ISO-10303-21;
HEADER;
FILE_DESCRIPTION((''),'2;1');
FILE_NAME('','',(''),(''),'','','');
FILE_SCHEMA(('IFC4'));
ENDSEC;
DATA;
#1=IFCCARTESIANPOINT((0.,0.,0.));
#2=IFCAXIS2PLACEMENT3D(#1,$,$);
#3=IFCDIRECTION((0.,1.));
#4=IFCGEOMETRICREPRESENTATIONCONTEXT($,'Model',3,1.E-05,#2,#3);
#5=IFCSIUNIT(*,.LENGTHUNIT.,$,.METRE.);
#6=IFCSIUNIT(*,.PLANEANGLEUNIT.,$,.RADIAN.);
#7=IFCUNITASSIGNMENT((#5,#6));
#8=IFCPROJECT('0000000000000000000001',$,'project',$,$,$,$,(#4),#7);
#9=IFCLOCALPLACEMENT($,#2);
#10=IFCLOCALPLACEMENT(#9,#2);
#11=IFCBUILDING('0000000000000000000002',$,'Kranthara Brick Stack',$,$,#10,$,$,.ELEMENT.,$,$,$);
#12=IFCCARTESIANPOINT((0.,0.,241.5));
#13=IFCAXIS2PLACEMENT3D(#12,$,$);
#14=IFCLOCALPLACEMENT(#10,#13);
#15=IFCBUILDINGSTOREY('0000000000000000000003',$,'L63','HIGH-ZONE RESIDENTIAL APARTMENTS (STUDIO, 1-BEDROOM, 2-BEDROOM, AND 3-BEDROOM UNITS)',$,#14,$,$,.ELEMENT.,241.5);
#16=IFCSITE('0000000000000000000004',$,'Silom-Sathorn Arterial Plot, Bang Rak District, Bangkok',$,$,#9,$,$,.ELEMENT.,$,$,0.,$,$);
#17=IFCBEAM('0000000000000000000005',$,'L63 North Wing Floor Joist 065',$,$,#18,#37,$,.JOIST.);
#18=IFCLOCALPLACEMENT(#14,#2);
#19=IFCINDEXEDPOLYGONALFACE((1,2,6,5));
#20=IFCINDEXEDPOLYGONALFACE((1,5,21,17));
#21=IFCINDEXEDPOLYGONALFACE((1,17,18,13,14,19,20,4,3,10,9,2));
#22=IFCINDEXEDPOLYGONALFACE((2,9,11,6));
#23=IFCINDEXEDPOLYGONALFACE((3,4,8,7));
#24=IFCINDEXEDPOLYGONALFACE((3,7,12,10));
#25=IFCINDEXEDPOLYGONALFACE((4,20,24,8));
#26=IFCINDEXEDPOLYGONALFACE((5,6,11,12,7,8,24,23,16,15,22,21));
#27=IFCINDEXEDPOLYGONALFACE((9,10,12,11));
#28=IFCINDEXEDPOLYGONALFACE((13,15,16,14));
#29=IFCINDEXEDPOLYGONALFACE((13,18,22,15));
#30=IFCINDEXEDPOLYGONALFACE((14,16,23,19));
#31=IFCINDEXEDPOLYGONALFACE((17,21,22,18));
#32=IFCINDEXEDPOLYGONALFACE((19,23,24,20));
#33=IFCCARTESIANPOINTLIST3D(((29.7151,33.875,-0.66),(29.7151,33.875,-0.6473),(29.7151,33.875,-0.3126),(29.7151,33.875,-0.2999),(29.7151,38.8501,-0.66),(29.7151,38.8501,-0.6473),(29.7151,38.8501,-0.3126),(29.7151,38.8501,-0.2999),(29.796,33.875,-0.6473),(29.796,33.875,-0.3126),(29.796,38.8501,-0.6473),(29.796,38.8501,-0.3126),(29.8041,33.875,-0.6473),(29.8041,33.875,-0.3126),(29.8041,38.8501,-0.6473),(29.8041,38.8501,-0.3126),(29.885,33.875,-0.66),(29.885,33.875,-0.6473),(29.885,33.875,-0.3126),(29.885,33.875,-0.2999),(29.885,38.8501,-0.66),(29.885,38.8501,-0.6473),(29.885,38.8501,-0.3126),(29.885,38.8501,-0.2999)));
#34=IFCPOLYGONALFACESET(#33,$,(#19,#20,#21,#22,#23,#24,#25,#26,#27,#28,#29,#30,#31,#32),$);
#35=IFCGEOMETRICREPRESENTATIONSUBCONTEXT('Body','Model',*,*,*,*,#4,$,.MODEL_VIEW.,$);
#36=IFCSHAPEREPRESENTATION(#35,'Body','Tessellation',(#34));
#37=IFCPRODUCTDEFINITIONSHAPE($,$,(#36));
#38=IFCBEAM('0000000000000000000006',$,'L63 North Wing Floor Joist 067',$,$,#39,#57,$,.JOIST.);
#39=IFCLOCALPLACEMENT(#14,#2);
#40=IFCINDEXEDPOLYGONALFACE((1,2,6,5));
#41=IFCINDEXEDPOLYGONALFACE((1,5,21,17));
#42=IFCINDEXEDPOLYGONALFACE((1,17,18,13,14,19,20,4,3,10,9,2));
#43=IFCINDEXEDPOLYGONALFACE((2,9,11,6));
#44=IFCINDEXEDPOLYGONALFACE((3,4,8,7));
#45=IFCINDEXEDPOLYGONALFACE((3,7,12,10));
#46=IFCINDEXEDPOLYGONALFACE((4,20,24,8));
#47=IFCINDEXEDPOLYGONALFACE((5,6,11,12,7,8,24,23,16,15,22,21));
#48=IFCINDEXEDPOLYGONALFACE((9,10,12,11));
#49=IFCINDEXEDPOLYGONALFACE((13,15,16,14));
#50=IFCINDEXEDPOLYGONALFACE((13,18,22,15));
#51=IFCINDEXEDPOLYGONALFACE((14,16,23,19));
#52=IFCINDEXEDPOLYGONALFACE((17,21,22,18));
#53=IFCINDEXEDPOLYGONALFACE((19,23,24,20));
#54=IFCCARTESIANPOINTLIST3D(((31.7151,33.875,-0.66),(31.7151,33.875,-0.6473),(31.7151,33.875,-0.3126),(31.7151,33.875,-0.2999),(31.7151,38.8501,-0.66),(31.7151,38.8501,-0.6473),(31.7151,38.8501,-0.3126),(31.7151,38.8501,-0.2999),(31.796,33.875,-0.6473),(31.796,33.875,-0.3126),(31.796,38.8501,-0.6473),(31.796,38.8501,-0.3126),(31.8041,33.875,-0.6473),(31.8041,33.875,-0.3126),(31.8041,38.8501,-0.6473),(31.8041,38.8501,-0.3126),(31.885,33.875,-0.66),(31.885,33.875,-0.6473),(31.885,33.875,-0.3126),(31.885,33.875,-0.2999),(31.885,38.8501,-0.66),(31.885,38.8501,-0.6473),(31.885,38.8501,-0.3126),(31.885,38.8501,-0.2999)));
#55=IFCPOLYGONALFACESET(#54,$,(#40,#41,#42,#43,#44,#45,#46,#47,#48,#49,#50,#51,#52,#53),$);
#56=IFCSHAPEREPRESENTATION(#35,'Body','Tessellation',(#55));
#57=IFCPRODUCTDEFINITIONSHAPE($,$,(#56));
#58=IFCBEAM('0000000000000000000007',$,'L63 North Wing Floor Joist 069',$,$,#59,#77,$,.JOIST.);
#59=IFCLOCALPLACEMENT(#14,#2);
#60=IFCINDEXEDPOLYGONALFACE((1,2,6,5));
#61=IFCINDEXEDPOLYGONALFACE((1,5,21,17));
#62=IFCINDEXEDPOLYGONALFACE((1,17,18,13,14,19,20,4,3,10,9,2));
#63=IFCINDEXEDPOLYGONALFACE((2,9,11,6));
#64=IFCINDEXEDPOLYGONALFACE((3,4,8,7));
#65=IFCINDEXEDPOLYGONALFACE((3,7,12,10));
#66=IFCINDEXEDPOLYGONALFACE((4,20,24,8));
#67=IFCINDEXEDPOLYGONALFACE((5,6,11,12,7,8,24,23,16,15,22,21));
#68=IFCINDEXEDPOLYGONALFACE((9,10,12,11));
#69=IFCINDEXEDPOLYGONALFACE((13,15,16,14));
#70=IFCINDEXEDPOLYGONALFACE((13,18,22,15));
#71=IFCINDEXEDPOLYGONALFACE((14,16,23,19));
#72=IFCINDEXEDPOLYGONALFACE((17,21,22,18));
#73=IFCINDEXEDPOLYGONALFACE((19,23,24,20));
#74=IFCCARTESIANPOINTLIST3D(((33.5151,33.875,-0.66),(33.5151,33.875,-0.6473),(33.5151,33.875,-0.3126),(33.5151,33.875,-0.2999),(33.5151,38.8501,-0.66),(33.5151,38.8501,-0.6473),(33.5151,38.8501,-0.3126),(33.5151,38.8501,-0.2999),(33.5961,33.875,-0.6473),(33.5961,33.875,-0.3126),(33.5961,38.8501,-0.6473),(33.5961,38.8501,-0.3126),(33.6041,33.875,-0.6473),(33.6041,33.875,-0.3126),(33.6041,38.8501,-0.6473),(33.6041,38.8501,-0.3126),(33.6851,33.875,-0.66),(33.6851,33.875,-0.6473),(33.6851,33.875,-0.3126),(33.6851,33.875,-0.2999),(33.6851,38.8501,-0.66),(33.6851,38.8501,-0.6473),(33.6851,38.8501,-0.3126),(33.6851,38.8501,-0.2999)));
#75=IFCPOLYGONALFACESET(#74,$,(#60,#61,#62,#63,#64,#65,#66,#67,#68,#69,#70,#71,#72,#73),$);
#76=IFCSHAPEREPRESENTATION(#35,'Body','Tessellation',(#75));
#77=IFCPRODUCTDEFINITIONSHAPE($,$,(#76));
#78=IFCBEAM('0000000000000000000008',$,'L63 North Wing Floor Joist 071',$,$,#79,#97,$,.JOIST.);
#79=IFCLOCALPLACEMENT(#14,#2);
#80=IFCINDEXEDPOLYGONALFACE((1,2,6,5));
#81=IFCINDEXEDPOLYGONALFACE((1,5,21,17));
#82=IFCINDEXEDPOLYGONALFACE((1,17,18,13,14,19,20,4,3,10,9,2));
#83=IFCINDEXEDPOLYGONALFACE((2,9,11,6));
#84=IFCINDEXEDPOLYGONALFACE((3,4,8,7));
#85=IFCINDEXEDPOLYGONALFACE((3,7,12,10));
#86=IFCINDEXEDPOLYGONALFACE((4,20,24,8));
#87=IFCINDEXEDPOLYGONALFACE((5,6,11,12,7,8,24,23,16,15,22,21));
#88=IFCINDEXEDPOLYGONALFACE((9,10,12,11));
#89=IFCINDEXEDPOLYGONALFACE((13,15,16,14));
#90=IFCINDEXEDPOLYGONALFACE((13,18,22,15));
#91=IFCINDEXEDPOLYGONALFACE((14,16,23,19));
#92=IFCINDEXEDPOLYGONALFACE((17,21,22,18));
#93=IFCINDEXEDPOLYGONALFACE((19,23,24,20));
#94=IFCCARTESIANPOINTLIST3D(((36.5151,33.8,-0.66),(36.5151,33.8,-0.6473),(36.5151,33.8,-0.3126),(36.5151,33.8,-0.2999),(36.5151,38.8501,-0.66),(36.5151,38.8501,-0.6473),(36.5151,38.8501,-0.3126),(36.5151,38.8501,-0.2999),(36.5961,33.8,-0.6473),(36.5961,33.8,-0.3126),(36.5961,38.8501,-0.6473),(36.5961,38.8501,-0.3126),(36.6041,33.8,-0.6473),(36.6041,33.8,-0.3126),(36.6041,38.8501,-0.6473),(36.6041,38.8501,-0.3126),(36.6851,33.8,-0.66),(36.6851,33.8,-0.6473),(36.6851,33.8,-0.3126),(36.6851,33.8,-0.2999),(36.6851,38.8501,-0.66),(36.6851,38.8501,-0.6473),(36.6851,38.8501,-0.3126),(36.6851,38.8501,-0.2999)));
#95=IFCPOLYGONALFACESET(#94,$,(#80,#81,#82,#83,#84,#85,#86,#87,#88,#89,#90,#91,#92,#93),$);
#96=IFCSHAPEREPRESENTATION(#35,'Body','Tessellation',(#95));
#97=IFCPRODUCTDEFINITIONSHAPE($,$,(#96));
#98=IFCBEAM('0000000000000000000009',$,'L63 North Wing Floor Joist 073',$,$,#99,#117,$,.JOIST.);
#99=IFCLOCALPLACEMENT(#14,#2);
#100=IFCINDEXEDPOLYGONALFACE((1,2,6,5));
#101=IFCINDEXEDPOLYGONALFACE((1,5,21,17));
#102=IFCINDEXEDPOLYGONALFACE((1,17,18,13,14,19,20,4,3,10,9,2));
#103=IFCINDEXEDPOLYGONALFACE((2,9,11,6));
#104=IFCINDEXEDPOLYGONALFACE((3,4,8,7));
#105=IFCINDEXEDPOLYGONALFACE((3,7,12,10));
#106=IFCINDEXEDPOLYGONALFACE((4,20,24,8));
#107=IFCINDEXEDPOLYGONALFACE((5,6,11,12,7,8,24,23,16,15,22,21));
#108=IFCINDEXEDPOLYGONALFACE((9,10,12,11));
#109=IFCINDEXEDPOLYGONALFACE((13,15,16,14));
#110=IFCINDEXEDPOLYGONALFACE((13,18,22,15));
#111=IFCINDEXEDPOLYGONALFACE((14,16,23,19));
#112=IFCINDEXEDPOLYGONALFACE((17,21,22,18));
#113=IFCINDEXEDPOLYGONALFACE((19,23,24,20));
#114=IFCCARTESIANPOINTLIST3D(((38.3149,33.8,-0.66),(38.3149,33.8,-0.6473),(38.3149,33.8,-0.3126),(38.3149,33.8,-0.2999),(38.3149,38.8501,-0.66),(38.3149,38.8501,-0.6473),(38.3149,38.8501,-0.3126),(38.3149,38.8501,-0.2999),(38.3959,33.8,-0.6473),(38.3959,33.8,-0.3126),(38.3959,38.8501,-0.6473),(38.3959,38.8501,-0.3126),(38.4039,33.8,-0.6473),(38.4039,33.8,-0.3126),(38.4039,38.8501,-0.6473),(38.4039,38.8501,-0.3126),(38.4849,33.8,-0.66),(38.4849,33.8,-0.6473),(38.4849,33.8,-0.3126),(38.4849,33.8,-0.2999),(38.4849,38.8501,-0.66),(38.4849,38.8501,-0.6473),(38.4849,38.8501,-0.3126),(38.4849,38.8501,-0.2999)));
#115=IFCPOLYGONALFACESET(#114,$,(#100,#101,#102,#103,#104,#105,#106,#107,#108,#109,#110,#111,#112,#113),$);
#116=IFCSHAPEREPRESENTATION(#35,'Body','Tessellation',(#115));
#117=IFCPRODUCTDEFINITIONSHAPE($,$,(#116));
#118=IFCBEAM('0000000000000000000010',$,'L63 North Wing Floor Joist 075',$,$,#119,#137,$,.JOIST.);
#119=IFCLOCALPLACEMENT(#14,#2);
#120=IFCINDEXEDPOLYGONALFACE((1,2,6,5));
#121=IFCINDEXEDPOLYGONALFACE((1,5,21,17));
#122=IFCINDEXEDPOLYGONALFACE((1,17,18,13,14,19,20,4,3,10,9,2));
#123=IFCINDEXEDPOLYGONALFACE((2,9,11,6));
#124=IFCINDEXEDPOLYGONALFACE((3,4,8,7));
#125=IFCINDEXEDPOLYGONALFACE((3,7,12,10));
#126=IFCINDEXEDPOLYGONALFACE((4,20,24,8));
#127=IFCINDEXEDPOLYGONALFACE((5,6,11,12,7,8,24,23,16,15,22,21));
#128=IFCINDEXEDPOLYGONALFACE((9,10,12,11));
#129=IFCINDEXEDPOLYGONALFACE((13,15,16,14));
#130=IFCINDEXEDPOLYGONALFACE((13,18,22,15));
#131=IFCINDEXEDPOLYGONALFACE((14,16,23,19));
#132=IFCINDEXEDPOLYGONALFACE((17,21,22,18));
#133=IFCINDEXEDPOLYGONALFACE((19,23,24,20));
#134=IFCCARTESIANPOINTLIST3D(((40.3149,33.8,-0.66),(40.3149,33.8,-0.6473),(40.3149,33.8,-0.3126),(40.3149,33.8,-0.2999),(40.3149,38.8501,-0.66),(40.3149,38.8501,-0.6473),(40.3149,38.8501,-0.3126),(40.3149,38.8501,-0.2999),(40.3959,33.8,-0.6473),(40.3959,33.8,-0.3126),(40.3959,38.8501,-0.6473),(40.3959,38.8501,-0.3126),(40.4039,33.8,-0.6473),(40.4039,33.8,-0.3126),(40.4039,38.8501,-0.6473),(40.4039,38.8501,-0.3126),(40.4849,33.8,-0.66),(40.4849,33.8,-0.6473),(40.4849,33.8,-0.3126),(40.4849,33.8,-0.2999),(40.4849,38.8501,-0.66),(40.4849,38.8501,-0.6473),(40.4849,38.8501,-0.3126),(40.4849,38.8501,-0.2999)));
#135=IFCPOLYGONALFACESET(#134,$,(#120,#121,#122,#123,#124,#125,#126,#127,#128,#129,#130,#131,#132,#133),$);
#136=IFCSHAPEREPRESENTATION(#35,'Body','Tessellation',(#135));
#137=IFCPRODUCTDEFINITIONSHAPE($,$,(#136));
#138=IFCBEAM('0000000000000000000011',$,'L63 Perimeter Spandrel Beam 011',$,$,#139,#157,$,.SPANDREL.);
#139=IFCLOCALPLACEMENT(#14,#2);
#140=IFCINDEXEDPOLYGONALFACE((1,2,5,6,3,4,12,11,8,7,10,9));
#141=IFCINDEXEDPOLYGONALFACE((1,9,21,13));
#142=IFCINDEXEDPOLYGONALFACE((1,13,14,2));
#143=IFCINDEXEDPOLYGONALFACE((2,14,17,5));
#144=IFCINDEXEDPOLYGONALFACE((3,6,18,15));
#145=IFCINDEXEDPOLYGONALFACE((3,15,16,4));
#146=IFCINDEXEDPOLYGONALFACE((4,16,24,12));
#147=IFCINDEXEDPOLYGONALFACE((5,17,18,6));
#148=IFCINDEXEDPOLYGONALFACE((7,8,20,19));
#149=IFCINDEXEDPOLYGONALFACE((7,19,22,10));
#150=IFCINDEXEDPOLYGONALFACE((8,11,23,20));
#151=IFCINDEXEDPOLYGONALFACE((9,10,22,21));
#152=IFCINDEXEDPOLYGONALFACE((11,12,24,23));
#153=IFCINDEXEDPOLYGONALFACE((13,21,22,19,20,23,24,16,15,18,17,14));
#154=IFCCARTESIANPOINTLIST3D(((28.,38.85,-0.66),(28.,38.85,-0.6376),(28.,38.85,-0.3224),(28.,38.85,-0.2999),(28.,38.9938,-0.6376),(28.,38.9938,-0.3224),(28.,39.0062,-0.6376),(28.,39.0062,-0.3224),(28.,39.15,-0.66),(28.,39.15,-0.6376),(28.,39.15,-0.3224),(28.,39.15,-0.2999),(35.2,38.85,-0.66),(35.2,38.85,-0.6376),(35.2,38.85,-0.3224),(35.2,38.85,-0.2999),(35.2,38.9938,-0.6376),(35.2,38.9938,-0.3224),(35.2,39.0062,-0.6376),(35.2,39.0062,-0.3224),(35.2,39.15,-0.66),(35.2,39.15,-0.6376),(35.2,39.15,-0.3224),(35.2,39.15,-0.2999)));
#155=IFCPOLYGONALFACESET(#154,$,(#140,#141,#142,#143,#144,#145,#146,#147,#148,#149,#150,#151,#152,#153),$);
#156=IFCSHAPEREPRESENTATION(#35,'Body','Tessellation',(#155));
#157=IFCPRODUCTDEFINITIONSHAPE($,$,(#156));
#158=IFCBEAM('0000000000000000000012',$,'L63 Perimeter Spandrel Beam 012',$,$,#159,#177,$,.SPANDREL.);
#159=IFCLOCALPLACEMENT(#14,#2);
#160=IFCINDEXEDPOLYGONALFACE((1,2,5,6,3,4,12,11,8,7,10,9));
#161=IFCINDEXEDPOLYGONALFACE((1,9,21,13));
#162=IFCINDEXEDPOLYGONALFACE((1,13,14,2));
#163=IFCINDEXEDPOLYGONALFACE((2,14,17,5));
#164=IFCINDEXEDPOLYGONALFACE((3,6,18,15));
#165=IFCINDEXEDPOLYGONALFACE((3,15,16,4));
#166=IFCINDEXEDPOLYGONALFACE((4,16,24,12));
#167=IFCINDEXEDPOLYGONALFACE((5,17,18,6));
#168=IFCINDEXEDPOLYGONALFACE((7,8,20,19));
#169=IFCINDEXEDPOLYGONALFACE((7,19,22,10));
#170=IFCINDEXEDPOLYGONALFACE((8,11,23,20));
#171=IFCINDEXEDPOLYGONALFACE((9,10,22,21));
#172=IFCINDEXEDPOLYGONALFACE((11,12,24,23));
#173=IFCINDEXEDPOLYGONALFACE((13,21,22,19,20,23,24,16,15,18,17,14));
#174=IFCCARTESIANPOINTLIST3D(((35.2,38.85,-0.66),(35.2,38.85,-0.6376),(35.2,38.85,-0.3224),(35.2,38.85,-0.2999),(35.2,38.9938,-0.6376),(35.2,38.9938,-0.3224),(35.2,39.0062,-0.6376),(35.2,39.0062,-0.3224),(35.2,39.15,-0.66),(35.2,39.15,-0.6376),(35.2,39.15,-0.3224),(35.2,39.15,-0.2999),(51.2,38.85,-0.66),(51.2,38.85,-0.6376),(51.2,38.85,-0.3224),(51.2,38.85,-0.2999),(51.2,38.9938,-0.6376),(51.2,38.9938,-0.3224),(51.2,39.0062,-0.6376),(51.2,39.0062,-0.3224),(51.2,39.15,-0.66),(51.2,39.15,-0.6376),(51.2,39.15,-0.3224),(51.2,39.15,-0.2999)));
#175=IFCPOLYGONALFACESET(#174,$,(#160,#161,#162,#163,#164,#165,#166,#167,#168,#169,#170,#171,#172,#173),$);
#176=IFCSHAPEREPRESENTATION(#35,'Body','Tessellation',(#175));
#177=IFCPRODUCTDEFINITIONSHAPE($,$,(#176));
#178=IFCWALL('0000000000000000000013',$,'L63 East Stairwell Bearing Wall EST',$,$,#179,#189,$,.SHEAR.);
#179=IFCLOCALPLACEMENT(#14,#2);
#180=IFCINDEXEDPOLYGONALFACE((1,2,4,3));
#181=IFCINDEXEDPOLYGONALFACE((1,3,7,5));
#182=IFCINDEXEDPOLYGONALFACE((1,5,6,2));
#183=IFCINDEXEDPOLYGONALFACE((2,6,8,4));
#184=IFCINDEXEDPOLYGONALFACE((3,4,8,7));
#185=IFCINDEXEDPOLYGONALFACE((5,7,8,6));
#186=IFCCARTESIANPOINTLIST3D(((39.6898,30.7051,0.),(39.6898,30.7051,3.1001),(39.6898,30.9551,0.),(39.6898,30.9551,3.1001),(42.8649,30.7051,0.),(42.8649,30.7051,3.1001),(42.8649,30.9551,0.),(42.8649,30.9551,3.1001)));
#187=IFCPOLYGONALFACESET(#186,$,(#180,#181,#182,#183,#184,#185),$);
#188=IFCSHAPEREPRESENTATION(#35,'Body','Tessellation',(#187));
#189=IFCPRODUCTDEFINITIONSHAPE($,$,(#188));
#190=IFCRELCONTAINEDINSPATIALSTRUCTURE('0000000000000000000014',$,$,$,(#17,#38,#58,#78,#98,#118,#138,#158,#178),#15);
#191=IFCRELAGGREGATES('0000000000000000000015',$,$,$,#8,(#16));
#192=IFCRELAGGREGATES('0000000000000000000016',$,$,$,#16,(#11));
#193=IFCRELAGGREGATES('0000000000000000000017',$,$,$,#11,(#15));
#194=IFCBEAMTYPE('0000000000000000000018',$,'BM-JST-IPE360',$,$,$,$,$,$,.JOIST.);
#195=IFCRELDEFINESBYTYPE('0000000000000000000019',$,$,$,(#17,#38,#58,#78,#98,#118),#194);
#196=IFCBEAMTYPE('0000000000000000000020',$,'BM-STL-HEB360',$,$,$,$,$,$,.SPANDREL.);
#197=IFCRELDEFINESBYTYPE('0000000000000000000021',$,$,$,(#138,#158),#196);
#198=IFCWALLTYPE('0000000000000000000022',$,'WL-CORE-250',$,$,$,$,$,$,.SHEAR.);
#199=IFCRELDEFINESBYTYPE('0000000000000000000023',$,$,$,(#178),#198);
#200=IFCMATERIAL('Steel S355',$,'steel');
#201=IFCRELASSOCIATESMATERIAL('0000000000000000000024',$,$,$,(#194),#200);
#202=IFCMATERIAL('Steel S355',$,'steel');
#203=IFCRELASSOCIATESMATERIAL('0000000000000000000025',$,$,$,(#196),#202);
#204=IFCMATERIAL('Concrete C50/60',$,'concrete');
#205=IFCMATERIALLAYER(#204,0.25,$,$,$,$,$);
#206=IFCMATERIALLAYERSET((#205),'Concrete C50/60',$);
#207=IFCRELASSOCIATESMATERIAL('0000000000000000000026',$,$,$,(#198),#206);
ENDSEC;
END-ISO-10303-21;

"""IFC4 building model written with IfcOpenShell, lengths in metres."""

from ifc_helpers import new_model, si_unit, direction, frame, frame_2d, origin, origin_2d, place, context, subcontext, project, spatial, rectangle, i_section, extrude, material, layer, layer_set, material_profile, profile_set, type_object, element, save


model = new_model("IFC4")

# Units and contexts
model_context = context("Model", 3, precision=1e-05, world=origin(), true_north=direction((0.0, 1.0)))
body_context = subcontext(model_context, "Body", "Model", "MODEL_VIEW")
ifc_project = project(units=[si_unit("LENGTHUNIT", "METRE"), si_unit("PLANEANGLEUNIT", "RADIAN")], contexts=[model_context])

# Site, building, storey
site_placement = place(None, origin())
site = spatial("IfcSite", under=ifc_project, at=site_placement, Name="Silom-Sathorn Arterial Plot, Bang Rak District, Bangkok", CompositionType="ELEMENT", RefElevation=0.0)
building_placement = place(site_placement, origin())
building = spatial("IfcBuilding", under=site, at=building_placement, Name="Kranthara Brick Stack", CompositionType="ELEMENT")
storey_placement = place(building_placement, frame((0.0, 0.0, 241.5)))
storey = spatial("IfcBuildingStorey", under=building, at=storey_placement, Name="L63", Description="HIGH-ZONE RESIDENTIAL APARTMENTS (STUDIO, 1-BEDROOM, 2-BEDROOM, AND 3-BEDROOM UNITS)", CompositionType="ELEMENT", Elevation=241.5)

# Beams
ifc_material_1 = material(Name="Steel S355", Category="steel")
ifc_material_profile_1 = material_profile(ifc_material_1, i_section(OverallWidth=0.1699, OverallDepth=0.3601, WebThickness=0.0081, FlangeThickness=0.0127, at=origin_2d()), Name="IPE 360")
ifc_profile_set_1 = profile_set([ifc_material_profile_1], Name="Steel S355")
beam_type_1 = type_object("IfcBeamType", Name="BM-JST-IPE360", PredefinedType="JOIST", material=ifc_profile_set_1)
for number, where, z_axis, x_axis, name in (
    (1, (29.8, 33.875, -0.48), (0.0, 1.0, 0.0), (-1.0, 0.0, 0.0), "L63 North Wing Floor Joist 065"),
    (2, (31.8, 33.875, -0.48), (0.0, 1.0, 0.0), (-1.0, 0.0, 0.0), "L63 North Wing Floor Joist 067"),
    (3, (33.6001, 33.875, -0.48), (0.0, 1.0, 0.0), (-1.0, 0.0, 0.0), "L63 North Wing Floor Joist 069"),
):
    element("IfcBeam", number, at=place(storey_placement, frame(where, z_axis=z_axis, x_axis=x_axis)), inside=storey, type_object=beam_type_1, Name=name, PredefinedType="JOIST", context=body_context, shape_type="SweptSolid", body=[
        extrude(i_section(OverallWidth=0.1699, OverallDepth=0.3601, WebThickness=0.0081, FlangeThickness=0.0127, at=origin_2d()), origin(), (0.0, 0.0, 1.0), 4.9751),
    ])
for number, where, z_axis, x_axis, name in (
    (4, (36.6001, 33.8, -0.48), (0.0, 1.0, 0.0), (-1.0, 0.0, 0.0), "L63 North Wing Floor Joist 071"),
    (5, (38.3999, 33.8, -0.48), (0.0, 1.0, 0.0), (-1.0, 0.0, 0.0), "L63 North Wing Floor Joist 073"),
    (6, (40.3999, 33.8, -0.48), (0.0, 1.0, 0.0), (-1.0, 0.0, 0.0), "L63 North Wing Floor Joist 075"),
):
    element("IfcBeam", number, at=place(storey_placement, frame(where, z_axis=z_axis, x_axis=x_axis)), inside=storey, type_object=beam_type_1, Name=name, PredefinedType="JOIST", context=body_context, shape_type="SweptSolid", body=[
        extrude(i_section(OverallWidth=0.1699, OverallDepth=0.3601, WebThickness=0.0081, FlangeThickness=0.0127, at=origin_2d()), origin(), (0.0, 0.0, 1.0), 5.05),
    ])
ifc_material_2 = material(Name="Steel S355", Category="steel")
ifc_material_profile_2 = material_profile(ifc_material_2, i_section(OverallWidth=0.3, OverallDepth=0.3601, WebThickness=0.0125, FlangeThickness=0.0225, at=origin_2d()), Name="HEB 360")
ifc_profile_set_2 = profile_set([ifc_material_profile_2], Name="Steel S355")
beam_type_2 = type_object("IfcBeamType", Name="BM-STL-HEB360", PredefinedType="SPANDREL", material=ifc_profile_set_2)
beam_1_placement = place(storey_placement, frame((28.0, 39.0, -0.48), z_axis=(1.0, 0.0, 0.0), x_axis=(0.0, 1.0, 0.0)))
element("IfcBeam", 7, at=beam_1_placement, inside=storey, type_object=beam_type_2, Name="L63 Perimeter Spandrel Beam 011", PredefinedType="SPANDREL", context=body_context, shape_type="SweptSolid", body=[
    extrude(i_section(OverallWidth=0.3, OverallDepth=0.3601, WebThickness=0.0125, FlangeThickness=0.0225, at=origin_2d()), origin(), (0.0, 0.0, 1.0), 7.2),
])
beam_2_placement = place(storey_placement, frame((35.2, 39.0, -0.48), z_axis=(1.0, 0.0, 0.0), x_axis=(0.0, 1.0, 0.0)))
element("IfcBeam", 8, at=beam_2_placement, inside=storey, type_object=beam_type_2, Name="L63 Perimeter Spandrel Beam 012", PredefinedType="SPANDREL", context=body_context, shape_type="SweptSolid", body=[
    extrude(i_section(OverallWidth=0.3, OverallDepth=0.3601, WebThickness=0.0125, FlangeThickness=0.0225, at=origin_2d()), origin(), (0.0, 0.0, 1.0), 16.0),
])

# Wall
ifc_material_3 = material(Name="Concrete C50/60", Category="concrete")
ifc_layer_1 = layer(ifc_material_3, 0.25)
ifc_layer_set_1 = layer_set([ifc_layer_1], Name="Concrete C50/60")
wall_type_1 = type_object("IfcWallType", Name="WL-CORE-250", PredefinedType="SHEAR", material=ifc_layer_set_1)
wall_1_placement = place(storey_placement, frame((39.6899, 30.8301, 0.0), z_axis=(0.0, 0.0, 1.0), x_axis=(1.0, 0.0, 0.0)))
element("IfcWall", 9, at=wall_1_placement, inside=storey, type_object=wall_type_1, Name="L63 East Stairwell Bearing Wall EST", PredefinedType="SHEAR", context=body_context, shape_type="SweptSolid", body=[
    extrude(rectangle(XDim=3.175, YDim=0.25, at=frame_2d((1.5874, 0.0))), origin(), (0.0, 0.0, 1.0), 3.1001),
])

save(model, "model.ifc")
